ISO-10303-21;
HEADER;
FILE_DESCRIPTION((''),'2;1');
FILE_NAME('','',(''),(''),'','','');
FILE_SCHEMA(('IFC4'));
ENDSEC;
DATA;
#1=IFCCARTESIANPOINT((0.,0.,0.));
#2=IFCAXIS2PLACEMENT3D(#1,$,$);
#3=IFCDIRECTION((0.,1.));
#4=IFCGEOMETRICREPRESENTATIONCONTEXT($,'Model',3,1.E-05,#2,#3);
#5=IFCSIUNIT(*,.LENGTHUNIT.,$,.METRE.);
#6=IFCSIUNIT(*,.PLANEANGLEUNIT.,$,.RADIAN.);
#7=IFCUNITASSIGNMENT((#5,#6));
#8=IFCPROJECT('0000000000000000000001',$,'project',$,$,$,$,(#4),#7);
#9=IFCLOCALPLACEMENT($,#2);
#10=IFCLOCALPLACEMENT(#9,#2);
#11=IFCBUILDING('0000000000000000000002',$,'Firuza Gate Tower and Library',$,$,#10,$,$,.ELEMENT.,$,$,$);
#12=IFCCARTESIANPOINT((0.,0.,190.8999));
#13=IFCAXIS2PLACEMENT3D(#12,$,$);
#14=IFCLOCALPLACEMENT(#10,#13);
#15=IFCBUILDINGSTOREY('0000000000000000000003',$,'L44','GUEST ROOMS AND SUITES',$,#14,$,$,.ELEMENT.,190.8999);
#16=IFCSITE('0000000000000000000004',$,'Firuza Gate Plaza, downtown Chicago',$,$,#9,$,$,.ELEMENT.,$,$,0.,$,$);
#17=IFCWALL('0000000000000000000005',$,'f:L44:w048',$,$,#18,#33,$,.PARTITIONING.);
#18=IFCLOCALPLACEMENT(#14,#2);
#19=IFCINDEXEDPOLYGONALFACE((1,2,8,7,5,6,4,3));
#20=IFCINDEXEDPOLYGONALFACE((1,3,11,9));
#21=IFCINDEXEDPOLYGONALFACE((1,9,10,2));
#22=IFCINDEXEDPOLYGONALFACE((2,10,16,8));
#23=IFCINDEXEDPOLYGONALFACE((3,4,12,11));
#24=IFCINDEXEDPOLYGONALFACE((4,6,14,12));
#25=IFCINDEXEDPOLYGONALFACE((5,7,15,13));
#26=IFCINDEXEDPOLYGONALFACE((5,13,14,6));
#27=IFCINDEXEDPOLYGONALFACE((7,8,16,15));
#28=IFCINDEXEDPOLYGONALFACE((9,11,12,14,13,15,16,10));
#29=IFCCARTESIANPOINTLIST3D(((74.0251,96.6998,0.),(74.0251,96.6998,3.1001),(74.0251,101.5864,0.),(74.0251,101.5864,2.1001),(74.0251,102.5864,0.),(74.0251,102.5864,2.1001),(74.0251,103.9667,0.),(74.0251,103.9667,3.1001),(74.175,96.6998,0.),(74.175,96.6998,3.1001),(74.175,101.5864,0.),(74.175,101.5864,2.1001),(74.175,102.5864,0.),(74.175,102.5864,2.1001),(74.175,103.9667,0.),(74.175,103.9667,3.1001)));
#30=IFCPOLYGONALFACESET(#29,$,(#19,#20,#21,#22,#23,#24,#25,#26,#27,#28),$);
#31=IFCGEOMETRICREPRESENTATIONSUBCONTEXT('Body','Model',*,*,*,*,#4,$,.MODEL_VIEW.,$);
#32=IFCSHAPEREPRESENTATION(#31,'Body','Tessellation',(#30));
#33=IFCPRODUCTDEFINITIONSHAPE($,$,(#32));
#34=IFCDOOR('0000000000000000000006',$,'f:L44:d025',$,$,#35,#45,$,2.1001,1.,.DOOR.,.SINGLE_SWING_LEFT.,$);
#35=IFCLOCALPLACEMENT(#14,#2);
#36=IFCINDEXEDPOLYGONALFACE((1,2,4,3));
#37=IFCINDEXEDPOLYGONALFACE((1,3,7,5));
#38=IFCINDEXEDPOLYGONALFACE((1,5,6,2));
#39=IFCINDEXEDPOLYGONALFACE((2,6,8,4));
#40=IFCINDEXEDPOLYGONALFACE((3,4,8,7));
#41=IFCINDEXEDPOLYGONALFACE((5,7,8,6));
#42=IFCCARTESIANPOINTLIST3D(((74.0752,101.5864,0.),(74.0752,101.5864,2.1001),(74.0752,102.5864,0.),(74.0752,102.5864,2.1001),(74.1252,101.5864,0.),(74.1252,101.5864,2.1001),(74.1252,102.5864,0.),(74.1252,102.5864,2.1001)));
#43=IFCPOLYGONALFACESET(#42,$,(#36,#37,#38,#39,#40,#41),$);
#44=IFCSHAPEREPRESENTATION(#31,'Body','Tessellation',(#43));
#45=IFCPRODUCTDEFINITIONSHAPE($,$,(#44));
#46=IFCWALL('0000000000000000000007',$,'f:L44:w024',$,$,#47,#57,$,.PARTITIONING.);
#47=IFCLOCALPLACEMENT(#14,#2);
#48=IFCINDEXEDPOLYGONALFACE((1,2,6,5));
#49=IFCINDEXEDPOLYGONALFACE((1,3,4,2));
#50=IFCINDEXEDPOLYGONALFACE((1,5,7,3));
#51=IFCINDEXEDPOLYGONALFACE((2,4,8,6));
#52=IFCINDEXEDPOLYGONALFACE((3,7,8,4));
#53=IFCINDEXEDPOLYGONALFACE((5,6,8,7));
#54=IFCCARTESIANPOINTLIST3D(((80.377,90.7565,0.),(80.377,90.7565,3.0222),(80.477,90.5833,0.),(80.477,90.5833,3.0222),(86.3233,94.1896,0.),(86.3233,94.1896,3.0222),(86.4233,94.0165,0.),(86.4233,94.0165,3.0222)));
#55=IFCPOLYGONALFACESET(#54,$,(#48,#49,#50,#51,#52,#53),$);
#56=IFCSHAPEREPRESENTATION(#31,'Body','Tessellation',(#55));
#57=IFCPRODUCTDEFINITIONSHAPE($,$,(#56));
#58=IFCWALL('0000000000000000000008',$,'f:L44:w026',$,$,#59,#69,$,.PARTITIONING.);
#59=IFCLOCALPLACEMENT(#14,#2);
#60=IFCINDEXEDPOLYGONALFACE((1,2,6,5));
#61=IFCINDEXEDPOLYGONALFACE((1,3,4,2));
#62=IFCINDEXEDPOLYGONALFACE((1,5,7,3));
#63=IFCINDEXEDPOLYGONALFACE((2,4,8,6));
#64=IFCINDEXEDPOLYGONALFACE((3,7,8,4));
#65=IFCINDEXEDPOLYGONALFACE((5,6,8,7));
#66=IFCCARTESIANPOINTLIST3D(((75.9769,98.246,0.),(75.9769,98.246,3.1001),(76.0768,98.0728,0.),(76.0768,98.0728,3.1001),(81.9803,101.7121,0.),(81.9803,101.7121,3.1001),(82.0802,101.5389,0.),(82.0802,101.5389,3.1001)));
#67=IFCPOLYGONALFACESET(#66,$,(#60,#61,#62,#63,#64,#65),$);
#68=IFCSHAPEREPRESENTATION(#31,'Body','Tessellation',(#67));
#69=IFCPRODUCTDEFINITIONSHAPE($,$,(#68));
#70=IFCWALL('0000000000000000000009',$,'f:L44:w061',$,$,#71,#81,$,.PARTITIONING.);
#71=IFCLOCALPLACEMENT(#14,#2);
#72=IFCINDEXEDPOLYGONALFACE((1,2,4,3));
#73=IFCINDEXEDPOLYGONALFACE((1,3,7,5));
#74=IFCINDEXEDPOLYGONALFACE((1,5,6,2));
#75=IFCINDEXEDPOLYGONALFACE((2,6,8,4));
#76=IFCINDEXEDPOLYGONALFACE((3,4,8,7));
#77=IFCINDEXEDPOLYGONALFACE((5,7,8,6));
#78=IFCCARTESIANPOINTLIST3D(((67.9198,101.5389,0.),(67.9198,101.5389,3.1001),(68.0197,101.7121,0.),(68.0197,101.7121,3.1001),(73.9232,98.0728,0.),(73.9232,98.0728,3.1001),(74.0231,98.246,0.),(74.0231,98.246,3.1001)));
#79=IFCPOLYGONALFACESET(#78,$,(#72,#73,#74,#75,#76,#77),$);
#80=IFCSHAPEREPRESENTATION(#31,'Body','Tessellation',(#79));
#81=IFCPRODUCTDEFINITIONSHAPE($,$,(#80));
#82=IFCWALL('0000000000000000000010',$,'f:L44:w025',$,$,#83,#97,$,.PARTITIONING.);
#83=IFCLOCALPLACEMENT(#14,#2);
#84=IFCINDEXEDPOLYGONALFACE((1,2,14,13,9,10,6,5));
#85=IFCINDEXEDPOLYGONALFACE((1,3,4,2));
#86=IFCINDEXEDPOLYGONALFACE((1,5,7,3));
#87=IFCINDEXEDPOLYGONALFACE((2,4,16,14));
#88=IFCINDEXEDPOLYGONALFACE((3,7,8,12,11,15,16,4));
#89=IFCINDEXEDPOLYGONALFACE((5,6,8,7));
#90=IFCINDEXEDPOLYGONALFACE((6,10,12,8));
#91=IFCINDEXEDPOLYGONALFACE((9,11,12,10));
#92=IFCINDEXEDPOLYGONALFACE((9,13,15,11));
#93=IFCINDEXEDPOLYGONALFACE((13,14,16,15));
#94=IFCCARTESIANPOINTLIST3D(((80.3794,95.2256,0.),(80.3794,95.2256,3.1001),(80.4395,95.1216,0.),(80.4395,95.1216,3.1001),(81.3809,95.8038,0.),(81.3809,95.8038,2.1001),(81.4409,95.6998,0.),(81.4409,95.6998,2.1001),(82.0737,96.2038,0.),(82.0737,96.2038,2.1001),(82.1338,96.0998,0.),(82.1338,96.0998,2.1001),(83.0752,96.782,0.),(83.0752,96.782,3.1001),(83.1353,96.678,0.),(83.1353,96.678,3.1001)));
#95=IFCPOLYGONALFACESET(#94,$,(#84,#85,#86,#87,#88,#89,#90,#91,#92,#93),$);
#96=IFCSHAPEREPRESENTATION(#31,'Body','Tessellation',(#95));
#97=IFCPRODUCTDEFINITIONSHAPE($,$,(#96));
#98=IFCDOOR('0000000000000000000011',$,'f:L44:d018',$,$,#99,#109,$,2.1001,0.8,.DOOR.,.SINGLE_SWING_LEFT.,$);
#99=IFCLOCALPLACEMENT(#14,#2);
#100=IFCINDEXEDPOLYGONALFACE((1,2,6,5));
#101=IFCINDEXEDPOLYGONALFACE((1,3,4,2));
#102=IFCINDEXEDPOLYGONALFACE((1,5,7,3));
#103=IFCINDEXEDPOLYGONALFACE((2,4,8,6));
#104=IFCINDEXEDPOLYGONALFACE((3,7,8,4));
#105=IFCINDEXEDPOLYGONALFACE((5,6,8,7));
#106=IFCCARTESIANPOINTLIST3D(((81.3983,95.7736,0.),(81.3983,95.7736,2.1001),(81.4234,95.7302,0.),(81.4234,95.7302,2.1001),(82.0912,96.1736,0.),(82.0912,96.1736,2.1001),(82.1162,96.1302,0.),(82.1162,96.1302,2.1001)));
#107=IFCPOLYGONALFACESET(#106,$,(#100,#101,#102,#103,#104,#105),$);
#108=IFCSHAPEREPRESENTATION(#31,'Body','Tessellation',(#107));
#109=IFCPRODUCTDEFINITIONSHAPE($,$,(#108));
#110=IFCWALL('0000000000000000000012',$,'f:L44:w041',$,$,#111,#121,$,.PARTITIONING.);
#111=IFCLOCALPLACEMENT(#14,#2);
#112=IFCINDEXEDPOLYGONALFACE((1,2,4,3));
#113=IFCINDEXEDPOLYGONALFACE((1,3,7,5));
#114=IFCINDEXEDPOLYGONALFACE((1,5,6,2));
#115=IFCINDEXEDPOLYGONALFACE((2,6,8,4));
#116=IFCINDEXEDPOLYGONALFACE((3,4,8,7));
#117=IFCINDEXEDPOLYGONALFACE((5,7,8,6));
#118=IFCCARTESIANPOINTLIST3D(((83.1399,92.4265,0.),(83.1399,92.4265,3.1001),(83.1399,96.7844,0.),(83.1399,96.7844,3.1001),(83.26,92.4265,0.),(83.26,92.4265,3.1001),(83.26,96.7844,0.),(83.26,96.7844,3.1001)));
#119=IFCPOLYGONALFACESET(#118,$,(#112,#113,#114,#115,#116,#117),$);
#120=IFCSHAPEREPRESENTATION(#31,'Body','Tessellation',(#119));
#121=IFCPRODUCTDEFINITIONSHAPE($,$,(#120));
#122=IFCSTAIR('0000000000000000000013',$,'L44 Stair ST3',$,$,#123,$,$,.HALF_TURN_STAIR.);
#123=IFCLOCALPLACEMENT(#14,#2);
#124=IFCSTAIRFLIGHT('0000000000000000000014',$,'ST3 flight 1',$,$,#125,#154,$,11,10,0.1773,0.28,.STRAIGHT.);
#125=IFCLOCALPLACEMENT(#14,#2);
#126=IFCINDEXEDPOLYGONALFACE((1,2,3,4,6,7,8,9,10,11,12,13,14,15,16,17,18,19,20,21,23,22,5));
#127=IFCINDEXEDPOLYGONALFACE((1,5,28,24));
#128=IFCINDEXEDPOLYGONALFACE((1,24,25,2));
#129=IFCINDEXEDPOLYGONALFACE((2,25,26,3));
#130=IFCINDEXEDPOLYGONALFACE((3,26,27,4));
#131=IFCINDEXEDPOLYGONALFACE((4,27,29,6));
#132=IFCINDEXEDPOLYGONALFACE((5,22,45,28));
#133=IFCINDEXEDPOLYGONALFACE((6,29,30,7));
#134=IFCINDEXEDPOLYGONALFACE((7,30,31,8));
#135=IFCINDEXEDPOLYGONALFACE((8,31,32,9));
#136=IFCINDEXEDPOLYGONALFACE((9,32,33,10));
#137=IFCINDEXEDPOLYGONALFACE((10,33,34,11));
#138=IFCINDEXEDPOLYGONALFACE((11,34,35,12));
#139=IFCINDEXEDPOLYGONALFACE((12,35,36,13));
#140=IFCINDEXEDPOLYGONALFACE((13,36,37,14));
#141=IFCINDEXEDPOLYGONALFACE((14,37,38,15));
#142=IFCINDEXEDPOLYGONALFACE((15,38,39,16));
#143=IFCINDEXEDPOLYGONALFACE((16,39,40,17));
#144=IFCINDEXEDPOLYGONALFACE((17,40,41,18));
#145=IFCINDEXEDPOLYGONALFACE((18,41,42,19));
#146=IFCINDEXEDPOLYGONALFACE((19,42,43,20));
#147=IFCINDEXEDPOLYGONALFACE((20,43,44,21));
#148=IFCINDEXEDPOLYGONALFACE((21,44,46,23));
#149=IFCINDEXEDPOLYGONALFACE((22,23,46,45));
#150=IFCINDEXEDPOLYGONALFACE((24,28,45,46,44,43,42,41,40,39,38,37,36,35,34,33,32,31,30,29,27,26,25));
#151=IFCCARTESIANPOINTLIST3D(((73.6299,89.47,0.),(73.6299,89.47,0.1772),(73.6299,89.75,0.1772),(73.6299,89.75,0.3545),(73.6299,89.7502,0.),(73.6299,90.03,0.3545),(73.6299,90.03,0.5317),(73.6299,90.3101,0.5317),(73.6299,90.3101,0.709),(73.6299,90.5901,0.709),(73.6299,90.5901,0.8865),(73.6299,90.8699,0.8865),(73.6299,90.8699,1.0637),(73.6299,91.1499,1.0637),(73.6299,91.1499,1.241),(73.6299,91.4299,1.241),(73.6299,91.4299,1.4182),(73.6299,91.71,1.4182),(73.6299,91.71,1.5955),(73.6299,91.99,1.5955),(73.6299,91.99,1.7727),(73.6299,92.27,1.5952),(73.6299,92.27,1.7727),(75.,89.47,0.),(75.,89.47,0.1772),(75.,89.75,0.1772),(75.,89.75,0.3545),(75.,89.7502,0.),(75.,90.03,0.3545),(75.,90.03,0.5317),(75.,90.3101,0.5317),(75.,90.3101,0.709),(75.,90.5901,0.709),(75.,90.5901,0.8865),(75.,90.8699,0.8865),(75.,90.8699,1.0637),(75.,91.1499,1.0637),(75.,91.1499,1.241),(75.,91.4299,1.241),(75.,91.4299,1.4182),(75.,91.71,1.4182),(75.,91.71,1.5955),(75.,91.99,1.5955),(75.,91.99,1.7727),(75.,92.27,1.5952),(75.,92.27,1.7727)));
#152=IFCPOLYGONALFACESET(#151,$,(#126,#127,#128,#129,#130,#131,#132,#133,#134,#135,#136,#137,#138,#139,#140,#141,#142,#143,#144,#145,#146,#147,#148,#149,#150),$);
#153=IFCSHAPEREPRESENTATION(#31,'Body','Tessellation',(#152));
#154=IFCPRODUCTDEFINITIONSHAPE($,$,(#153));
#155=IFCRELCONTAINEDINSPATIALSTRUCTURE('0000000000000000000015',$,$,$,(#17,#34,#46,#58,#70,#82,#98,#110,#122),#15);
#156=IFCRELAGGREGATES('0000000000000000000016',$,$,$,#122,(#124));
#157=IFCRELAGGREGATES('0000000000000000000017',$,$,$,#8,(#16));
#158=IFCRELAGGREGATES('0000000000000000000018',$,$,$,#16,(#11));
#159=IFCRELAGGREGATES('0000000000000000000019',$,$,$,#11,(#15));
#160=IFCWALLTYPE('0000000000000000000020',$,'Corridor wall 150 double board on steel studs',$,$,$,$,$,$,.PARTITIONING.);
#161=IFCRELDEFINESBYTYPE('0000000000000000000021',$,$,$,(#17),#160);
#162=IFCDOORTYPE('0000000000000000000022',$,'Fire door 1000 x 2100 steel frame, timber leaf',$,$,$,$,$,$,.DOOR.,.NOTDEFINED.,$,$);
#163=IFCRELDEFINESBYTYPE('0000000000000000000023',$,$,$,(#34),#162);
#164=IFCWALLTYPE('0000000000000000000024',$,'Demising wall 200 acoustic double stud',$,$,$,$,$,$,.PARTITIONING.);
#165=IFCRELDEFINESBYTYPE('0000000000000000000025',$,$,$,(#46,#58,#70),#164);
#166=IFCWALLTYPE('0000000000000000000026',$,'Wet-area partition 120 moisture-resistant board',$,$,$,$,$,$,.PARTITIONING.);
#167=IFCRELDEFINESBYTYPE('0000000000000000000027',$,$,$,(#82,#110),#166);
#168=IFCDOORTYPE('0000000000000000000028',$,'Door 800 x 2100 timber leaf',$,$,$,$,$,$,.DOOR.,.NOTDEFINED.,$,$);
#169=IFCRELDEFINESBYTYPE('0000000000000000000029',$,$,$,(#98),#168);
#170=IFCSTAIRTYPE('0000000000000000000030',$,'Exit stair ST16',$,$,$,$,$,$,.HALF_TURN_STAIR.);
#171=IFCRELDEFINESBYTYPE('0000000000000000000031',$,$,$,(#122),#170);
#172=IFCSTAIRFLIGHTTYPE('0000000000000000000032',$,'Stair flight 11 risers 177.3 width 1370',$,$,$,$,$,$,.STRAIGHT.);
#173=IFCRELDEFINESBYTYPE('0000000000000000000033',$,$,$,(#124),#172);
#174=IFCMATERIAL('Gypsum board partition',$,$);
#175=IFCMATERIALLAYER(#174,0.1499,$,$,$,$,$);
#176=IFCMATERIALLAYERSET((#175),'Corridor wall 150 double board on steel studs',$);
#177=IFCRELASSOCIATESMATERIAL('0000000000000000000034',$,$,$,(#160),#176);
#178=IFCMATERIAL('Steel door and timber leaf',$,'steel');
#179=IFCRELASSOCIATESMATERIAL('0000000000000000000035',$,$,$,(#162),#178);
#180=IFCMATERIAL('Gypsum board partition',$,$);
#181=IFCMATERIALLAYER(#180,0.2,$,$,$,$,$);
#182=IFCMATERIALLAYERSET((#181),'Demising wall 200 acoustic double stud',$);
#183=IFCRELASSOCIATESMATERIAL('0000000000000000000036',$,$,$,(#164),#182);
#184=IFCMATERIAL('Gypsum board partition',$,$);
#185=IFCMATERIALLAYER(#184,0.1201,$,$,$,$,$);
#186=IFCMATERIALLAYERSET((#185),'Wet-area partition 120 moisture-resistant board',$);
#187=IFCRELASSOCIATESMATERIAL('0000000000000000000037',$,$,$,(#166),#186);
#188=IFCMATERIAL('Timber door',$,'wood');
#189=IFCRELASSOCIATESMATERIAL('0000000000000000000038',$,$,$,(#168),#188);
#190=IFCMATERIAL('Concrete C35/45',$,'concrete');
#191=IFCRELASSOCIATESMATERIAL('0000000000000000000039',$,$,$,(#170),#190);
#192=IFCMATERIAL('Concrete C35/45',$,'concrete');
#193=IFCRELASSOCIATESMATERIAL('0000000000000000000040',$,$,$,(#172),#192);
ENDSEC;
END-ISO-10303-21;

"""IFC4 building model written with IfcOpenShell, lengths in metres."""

from ifc_helpers import new_model, si_unit, direction, frame, frame_2d, origin, place, context, subcontext, project, spatial, polyline, rectangle, outline, extrude, material, layer, layer_set, type_object, element, fill, aggregate, save


model = new_model("IFC4")

# Units and contexts
model_context = context("Model", 3, precision=1e-05, world=origin(), true_north=direction((0.0, 1.0)))
body_context = subcontext(model_context, "Body", "Model", "MODEL_VIEW")
ifc_project = project(units=[si_unit("LENGTHUNIT", "METRE"), si_unit("PLANEANGLEUNIT", "RADIAN")], contexts=[model_context])

# Site, building, storey
site_placement = place(None, origin())
site = spatial("IfcSite", under=ifc_project, at=site_placement, Name="Firuza Gate Plaza, downtown Chicago", CompositionType="ELEMENT", RefElevation=0.0)
building_placement = place(site_placement, origin())
building = spatial("IfcBuilding", under=site, at=building_placement, Name="Firuza Gate Tower and Library", CompositionType="ELEMENT")
storey_placement = place(building_placement, frame((0.0, 0.0, 190.8999)))
storey = spatial("IfcBuildingStorey", under=building, at=storey_placement, Name="L44", Description="GUEST ROOMS AND SUITES", CompositionType="ELEMENT", Elevation=190.8999)

# Shared definitions
placement = place(storey_placement, origin())

# Wall, opening, door
ifc_material_1 = material(Name="Gypsum board partition")
ifc_layer_1 = layer(ifc_material_1, 0.1499)
ifc_layer_set_1 = layer_set([ifc_layer_1], Name="Corridor wall 150 double board on steel studs")
wall_type_1 = type_object("IfcWallType", Name="Corridor wall 150 double board on steel studs", PredefinedType="PARTITIONING", material=ifc_layer_set_1)
ifc_material_2 = material(Name="Steel door and timber leaf", Category="steel")
door_type_1 = type_object("IfcDoorType", Name="Fire door 1000 x 2100 steel frame, timber leaf", OperationType="NOTDEFINED", PredefinedType="DOOR", material=ifc_material_2)
wall_1_placement = place(storey_placement, frame((74.1001, 96.7, 0.0), z_axis=(0.0, 0.0, 1.0), x_axis=(0.0, 1.0, 0.0)))
wall_1 = element("IfcWall", 1, at=wall_1_placement, inside=storey, type_object=wall_type_1, Name="f:L44:w048", PredefinedType="PARTITIONING", context=body_context, shape_type="SweptSolid", body=[
    extrude(rectangle(XDim=7.2668, YDim=0.1499, at=frame_2d((3.6333, 0.0))), origin(), (0.0, 0.0, 1.0), 3.1001),
])
opening_1_placement = place(wall_1_placement, frame((4.8865, 0.0, 0.0)))
opening_1 = element("IfcOpeningElement", 2, at=opening_1_placement, cuts=wall_1, PredefinedType="OPENING", context=body_context, shape_type="SweptSolid", body=[
    extrude(rectangle(XDim=1.0, YDim=2.1001, at=frame_2d((0.5, 1.05))), frame((0.0, 0.085, 0.0), z_axis=(0.0, -1.0, 0.0), x_axis=(1.0, 0.0, 0.0)), (0.0, 0.0, 1.0), 0.1699),
])
door_1_placement = place(opening_1_placement, origin())
door_1 = element("IfcDoor", 3, at=door_1_placement, inside=storey, type_object=door_type_1, Name="f:L44:d025", OperationType="SINGLE_SWING_LEFT", OverallHeight=2.1001, OverallWidth=1.0, PredefinedType="DOOR", context=body_context, shape_type="SweptSolid", body=[
    extrude(rectangle(XDim=1.0, YDim=2.1001, at=frame_2d((0.5, 1.05))), frame((0.0, 0.0249, 0.0), z_axis=(0.0, -1.0, 0.0), x_axis=(1.0, 0.0, 0.0)), (0.0, 0.0, 1.0), 0.05),
])
fill(opening_1, door_1)

# Walls
ifc_material_3 = material(Name="Gypsum board partition")
ifc_layer_2 = layer(ifc_material_3, 0.2)
ifc_layer_set_2 = layer_set([ifc_layer_2], Name="Demising wall 200 acoustic double stud")
wall_type_2 = type_object("IfcWallType", Name="Demising wall 200 acoustic double stud", PredefinedType="PARTITIONING", material=ifc_layer_set_2)
wall_2_placement = place(storey_placement, frame((80.427, 90.6699, 0.0), z_axis=(0.0, 0.0, 1.0), x_axis=(0.866025, 0.500002, 0.0)))
element("IfcWall", 4, at=wall_2_placement, inside=storey, type_object=wall_type_2, Name="f:L44:w024", PredefinedType="PARTITIONING", context=body_context, shape_type="SweptSolid", body=[
    extrude(rectangle(XDim=6.8662, YDim=0.2, at=frame_2d((3.4331, 0.0))), origin(), (0.0, 0.0, 1.0), 3.0222),
])
for number, where, z_axis, x_axis, name in (
    (5, (76.0269, 98.1594, 0.0), (0.0, 0.0, 1.0), (0.866026, 0.499999, 0.0), "f:L44:w026"),
    (6, (73.9731, 98.1594, 0.0), (0.0, 0.0, 1.0), (-0.866026, 0.499999, 0.0), "f:L44:w061"),
):
    element("IfcWall", number, at=place(storey_placement, frame(where, z_axis=z_axis, x_axis=x_axis)), inside=storey, type_object=wall_type_2, Name=name, PredefinedType="PARTITIONING", context=body_context, shape_type="SweptSolid", body=[
        extrude(rectangle(XDim=6.9321, YDim=0.2, at=frame_2d((3.4661, 0.0))), origin(), (0.0, 0.0, 1.0), 3.1001),
    ])

# Wall, opening, door
ifc_material_4 = material(Name="Gypsum board partition")
ifc_layer_3 = layer(ifc_material_4, 0.1201)
ifc_layer_set_3 = layer_set([ifc_layer_3], Name="Wet-area partition 120 moisture-resistant board")
wall_type_3 = type_object("IfcWallType", Name="Wet-area partition 120 moisture-resistant board", PredefinedType="PARTITIONING", material=ifc_layer_set_3)
wall_3_placement = place(storey_placement, frame((83.1052, 96.73, 0.0), z_axis=(0.0, 0.0, 1.0), x_axis=(-0.866029, -0.499994, 0.0)))
wall_3 = element("IfcWall", 7, at=wall_3_placement, inside=storey, type_object=wall_type_3, Name="f:L44:w025", PredefinedType="PARTITIONING", context=body_context, shape_type="SweptSolid", body=[
    extrude(rectangle(XDim=3.1128, YDim=0.1201, at=frame_2d((1.5564, 0.0))), origin(), (0.0, 0.0, 1.0), 3.1001),
])
opening_2_placement = place(wall_3_placement, frame((1.1565, 0.0, 0.0)))
opening_2 = element("IfcOpeningElement", 8, at=opening_2_placement, cuts=wall_3, PredefinedType="OPENING", context=body_context, shape_type="SweptSolid", body=[
    extrude(rectangle(XDim=0.8, YDim=2.1001, at=frame_2d((0.3999, 1.05))), frame((0.0, 0.0701, 0.0), z_axis=(0.0, -1.0, 0.0), x_axis=(1.0, 0.0, 0.0)), (0.0, 0.0, 1.0), 0.1401),
])
ifc_material_5 = material(Name="Timber door", Category="wood")
door_type_2 = type_object("IfcDoorType", Name="Door 800 x 2100 timber leaf", OperationType="NOTDEFINED", PredefinedType="DOOR", material=ifc_material_5)
door_2_placement = place(opening_2_placement, origin())
door_2 = element("IfcDoor", 9, at=door_2_placement, inside=storey, type_object=door_type_2, Name="f:L44:d018", OperationType="SINGLE_SWING_LEFT", OverallHeight=2.1001, OverallWidth=0.8, PredefinedType="DOOR", context=body_context, shape_type="SweptSolid", body=[
    extrude(rectangle(XDim=0.8, YDim=2.1001, at=frame_2d((0.3999, 1.05))), frame((0.0, 0.0249, 0.0), z_axis=(0.0, -1.0, 0.0), x_axis=(1.0, 0.0, 0.0)), (0.0, 0.0, 1.0), 0.05),
])
fill(opening_2, door_2)

# Wall
wall_4_placement = place(storey_placement, frame((83.2, 92.4265, 0.0), z_axis=(0.0, 0.0, 1.0), x_axis=(0.0, 1.0, 0.0)))
element("IfcWall", 10, at=wall_4_placement, inside=storey, type_object=wall_type_3, Name="f:L44:w041", PredefinedType="PARTITIONING", context=body_context, shape_type="SweptSolid", body=[
    extrude(rectangle(XDim=4.3579, YDim=0.1201, at=frame_2d((2.179, 0.0))), origin(), (0.0, 0.0, 1.0), 3.1001),
])

# Stair, stair flight
ifc_material_6 = material(Name="Concrete C35/45", Category="concrete")
stair_type = type_object("IfcStairType", Name="Exit stair ST16", PredefinedType="HALF_TURN_STAIR", material=ifc_material_6)
stair = element("IfcStair", 11, at=placement, inside=storey, type_object=stair_type, Name="L44 Stair ST3", PredefinedType="HALF_TURN_STAIR")
ifc_material_7 = material(Name="Concrete C35/45", Category="concrete")
stair_flight_type = type_object("IfcStairFlightType", Name="Stair flight 11 risers 177.3 width 1370", PredefinedType="STRAIGHT", material=ifc_material_7)
stair_flight_placement = place(storey_placement, frame((74.3149, 89.47, 0.0), z_axis=(0.0, 0.0, 1.0), x_axis=(0.0, 1.0, 0.0)))
stair_flight = element("IfcStairFlight", 12, at=stair_flight_placement, type_object=stair_flight_type, Name="ST3 flight 1", NumberOfRisers=11, NumberOfTreads=10, PredefinedType="STRAIGHT", RiserHeight=0.1773, TreadLength=0.28, context=body_context, shape_type="SweptSolid", body=[
    extrude(outline(polyline([(0.0, 0.0), (0.0, 0.1772), (0.28, 0.1772), (0.28, 0.3545), (0.5601, 0.3545), (0.5601, 0.5317), (0.8401, 0.5317), (0.8401, 0.709), (1.1201, 0.709), (1.1201, 0.8865), (1.3999, 0.8865), (1.3999, 1.0637), (1.6799, 1.0637), (1.6799, 1.241), (1.96, 1.241), (1.96, 1.4182), (2.24, 1.4182), (2.24, 1.5955), (2.52, 1.5955), (2.52, 1.7727), (2.8, 1.7727), (2.8, 1.95), (2.8, 1.5952), (0.2803, 0.0), (0.0, 0.0)])), frame((0.0, 0.6851, 0.0), z_axis=(0.0, -1.0, 0.0), x_axis=(1.0, 0.0, 0.0)), (0.0, 0.0, 1.0), 1.3701),
])
aggregate(stair, [stair_flight])

save(model, "model.ifc")
